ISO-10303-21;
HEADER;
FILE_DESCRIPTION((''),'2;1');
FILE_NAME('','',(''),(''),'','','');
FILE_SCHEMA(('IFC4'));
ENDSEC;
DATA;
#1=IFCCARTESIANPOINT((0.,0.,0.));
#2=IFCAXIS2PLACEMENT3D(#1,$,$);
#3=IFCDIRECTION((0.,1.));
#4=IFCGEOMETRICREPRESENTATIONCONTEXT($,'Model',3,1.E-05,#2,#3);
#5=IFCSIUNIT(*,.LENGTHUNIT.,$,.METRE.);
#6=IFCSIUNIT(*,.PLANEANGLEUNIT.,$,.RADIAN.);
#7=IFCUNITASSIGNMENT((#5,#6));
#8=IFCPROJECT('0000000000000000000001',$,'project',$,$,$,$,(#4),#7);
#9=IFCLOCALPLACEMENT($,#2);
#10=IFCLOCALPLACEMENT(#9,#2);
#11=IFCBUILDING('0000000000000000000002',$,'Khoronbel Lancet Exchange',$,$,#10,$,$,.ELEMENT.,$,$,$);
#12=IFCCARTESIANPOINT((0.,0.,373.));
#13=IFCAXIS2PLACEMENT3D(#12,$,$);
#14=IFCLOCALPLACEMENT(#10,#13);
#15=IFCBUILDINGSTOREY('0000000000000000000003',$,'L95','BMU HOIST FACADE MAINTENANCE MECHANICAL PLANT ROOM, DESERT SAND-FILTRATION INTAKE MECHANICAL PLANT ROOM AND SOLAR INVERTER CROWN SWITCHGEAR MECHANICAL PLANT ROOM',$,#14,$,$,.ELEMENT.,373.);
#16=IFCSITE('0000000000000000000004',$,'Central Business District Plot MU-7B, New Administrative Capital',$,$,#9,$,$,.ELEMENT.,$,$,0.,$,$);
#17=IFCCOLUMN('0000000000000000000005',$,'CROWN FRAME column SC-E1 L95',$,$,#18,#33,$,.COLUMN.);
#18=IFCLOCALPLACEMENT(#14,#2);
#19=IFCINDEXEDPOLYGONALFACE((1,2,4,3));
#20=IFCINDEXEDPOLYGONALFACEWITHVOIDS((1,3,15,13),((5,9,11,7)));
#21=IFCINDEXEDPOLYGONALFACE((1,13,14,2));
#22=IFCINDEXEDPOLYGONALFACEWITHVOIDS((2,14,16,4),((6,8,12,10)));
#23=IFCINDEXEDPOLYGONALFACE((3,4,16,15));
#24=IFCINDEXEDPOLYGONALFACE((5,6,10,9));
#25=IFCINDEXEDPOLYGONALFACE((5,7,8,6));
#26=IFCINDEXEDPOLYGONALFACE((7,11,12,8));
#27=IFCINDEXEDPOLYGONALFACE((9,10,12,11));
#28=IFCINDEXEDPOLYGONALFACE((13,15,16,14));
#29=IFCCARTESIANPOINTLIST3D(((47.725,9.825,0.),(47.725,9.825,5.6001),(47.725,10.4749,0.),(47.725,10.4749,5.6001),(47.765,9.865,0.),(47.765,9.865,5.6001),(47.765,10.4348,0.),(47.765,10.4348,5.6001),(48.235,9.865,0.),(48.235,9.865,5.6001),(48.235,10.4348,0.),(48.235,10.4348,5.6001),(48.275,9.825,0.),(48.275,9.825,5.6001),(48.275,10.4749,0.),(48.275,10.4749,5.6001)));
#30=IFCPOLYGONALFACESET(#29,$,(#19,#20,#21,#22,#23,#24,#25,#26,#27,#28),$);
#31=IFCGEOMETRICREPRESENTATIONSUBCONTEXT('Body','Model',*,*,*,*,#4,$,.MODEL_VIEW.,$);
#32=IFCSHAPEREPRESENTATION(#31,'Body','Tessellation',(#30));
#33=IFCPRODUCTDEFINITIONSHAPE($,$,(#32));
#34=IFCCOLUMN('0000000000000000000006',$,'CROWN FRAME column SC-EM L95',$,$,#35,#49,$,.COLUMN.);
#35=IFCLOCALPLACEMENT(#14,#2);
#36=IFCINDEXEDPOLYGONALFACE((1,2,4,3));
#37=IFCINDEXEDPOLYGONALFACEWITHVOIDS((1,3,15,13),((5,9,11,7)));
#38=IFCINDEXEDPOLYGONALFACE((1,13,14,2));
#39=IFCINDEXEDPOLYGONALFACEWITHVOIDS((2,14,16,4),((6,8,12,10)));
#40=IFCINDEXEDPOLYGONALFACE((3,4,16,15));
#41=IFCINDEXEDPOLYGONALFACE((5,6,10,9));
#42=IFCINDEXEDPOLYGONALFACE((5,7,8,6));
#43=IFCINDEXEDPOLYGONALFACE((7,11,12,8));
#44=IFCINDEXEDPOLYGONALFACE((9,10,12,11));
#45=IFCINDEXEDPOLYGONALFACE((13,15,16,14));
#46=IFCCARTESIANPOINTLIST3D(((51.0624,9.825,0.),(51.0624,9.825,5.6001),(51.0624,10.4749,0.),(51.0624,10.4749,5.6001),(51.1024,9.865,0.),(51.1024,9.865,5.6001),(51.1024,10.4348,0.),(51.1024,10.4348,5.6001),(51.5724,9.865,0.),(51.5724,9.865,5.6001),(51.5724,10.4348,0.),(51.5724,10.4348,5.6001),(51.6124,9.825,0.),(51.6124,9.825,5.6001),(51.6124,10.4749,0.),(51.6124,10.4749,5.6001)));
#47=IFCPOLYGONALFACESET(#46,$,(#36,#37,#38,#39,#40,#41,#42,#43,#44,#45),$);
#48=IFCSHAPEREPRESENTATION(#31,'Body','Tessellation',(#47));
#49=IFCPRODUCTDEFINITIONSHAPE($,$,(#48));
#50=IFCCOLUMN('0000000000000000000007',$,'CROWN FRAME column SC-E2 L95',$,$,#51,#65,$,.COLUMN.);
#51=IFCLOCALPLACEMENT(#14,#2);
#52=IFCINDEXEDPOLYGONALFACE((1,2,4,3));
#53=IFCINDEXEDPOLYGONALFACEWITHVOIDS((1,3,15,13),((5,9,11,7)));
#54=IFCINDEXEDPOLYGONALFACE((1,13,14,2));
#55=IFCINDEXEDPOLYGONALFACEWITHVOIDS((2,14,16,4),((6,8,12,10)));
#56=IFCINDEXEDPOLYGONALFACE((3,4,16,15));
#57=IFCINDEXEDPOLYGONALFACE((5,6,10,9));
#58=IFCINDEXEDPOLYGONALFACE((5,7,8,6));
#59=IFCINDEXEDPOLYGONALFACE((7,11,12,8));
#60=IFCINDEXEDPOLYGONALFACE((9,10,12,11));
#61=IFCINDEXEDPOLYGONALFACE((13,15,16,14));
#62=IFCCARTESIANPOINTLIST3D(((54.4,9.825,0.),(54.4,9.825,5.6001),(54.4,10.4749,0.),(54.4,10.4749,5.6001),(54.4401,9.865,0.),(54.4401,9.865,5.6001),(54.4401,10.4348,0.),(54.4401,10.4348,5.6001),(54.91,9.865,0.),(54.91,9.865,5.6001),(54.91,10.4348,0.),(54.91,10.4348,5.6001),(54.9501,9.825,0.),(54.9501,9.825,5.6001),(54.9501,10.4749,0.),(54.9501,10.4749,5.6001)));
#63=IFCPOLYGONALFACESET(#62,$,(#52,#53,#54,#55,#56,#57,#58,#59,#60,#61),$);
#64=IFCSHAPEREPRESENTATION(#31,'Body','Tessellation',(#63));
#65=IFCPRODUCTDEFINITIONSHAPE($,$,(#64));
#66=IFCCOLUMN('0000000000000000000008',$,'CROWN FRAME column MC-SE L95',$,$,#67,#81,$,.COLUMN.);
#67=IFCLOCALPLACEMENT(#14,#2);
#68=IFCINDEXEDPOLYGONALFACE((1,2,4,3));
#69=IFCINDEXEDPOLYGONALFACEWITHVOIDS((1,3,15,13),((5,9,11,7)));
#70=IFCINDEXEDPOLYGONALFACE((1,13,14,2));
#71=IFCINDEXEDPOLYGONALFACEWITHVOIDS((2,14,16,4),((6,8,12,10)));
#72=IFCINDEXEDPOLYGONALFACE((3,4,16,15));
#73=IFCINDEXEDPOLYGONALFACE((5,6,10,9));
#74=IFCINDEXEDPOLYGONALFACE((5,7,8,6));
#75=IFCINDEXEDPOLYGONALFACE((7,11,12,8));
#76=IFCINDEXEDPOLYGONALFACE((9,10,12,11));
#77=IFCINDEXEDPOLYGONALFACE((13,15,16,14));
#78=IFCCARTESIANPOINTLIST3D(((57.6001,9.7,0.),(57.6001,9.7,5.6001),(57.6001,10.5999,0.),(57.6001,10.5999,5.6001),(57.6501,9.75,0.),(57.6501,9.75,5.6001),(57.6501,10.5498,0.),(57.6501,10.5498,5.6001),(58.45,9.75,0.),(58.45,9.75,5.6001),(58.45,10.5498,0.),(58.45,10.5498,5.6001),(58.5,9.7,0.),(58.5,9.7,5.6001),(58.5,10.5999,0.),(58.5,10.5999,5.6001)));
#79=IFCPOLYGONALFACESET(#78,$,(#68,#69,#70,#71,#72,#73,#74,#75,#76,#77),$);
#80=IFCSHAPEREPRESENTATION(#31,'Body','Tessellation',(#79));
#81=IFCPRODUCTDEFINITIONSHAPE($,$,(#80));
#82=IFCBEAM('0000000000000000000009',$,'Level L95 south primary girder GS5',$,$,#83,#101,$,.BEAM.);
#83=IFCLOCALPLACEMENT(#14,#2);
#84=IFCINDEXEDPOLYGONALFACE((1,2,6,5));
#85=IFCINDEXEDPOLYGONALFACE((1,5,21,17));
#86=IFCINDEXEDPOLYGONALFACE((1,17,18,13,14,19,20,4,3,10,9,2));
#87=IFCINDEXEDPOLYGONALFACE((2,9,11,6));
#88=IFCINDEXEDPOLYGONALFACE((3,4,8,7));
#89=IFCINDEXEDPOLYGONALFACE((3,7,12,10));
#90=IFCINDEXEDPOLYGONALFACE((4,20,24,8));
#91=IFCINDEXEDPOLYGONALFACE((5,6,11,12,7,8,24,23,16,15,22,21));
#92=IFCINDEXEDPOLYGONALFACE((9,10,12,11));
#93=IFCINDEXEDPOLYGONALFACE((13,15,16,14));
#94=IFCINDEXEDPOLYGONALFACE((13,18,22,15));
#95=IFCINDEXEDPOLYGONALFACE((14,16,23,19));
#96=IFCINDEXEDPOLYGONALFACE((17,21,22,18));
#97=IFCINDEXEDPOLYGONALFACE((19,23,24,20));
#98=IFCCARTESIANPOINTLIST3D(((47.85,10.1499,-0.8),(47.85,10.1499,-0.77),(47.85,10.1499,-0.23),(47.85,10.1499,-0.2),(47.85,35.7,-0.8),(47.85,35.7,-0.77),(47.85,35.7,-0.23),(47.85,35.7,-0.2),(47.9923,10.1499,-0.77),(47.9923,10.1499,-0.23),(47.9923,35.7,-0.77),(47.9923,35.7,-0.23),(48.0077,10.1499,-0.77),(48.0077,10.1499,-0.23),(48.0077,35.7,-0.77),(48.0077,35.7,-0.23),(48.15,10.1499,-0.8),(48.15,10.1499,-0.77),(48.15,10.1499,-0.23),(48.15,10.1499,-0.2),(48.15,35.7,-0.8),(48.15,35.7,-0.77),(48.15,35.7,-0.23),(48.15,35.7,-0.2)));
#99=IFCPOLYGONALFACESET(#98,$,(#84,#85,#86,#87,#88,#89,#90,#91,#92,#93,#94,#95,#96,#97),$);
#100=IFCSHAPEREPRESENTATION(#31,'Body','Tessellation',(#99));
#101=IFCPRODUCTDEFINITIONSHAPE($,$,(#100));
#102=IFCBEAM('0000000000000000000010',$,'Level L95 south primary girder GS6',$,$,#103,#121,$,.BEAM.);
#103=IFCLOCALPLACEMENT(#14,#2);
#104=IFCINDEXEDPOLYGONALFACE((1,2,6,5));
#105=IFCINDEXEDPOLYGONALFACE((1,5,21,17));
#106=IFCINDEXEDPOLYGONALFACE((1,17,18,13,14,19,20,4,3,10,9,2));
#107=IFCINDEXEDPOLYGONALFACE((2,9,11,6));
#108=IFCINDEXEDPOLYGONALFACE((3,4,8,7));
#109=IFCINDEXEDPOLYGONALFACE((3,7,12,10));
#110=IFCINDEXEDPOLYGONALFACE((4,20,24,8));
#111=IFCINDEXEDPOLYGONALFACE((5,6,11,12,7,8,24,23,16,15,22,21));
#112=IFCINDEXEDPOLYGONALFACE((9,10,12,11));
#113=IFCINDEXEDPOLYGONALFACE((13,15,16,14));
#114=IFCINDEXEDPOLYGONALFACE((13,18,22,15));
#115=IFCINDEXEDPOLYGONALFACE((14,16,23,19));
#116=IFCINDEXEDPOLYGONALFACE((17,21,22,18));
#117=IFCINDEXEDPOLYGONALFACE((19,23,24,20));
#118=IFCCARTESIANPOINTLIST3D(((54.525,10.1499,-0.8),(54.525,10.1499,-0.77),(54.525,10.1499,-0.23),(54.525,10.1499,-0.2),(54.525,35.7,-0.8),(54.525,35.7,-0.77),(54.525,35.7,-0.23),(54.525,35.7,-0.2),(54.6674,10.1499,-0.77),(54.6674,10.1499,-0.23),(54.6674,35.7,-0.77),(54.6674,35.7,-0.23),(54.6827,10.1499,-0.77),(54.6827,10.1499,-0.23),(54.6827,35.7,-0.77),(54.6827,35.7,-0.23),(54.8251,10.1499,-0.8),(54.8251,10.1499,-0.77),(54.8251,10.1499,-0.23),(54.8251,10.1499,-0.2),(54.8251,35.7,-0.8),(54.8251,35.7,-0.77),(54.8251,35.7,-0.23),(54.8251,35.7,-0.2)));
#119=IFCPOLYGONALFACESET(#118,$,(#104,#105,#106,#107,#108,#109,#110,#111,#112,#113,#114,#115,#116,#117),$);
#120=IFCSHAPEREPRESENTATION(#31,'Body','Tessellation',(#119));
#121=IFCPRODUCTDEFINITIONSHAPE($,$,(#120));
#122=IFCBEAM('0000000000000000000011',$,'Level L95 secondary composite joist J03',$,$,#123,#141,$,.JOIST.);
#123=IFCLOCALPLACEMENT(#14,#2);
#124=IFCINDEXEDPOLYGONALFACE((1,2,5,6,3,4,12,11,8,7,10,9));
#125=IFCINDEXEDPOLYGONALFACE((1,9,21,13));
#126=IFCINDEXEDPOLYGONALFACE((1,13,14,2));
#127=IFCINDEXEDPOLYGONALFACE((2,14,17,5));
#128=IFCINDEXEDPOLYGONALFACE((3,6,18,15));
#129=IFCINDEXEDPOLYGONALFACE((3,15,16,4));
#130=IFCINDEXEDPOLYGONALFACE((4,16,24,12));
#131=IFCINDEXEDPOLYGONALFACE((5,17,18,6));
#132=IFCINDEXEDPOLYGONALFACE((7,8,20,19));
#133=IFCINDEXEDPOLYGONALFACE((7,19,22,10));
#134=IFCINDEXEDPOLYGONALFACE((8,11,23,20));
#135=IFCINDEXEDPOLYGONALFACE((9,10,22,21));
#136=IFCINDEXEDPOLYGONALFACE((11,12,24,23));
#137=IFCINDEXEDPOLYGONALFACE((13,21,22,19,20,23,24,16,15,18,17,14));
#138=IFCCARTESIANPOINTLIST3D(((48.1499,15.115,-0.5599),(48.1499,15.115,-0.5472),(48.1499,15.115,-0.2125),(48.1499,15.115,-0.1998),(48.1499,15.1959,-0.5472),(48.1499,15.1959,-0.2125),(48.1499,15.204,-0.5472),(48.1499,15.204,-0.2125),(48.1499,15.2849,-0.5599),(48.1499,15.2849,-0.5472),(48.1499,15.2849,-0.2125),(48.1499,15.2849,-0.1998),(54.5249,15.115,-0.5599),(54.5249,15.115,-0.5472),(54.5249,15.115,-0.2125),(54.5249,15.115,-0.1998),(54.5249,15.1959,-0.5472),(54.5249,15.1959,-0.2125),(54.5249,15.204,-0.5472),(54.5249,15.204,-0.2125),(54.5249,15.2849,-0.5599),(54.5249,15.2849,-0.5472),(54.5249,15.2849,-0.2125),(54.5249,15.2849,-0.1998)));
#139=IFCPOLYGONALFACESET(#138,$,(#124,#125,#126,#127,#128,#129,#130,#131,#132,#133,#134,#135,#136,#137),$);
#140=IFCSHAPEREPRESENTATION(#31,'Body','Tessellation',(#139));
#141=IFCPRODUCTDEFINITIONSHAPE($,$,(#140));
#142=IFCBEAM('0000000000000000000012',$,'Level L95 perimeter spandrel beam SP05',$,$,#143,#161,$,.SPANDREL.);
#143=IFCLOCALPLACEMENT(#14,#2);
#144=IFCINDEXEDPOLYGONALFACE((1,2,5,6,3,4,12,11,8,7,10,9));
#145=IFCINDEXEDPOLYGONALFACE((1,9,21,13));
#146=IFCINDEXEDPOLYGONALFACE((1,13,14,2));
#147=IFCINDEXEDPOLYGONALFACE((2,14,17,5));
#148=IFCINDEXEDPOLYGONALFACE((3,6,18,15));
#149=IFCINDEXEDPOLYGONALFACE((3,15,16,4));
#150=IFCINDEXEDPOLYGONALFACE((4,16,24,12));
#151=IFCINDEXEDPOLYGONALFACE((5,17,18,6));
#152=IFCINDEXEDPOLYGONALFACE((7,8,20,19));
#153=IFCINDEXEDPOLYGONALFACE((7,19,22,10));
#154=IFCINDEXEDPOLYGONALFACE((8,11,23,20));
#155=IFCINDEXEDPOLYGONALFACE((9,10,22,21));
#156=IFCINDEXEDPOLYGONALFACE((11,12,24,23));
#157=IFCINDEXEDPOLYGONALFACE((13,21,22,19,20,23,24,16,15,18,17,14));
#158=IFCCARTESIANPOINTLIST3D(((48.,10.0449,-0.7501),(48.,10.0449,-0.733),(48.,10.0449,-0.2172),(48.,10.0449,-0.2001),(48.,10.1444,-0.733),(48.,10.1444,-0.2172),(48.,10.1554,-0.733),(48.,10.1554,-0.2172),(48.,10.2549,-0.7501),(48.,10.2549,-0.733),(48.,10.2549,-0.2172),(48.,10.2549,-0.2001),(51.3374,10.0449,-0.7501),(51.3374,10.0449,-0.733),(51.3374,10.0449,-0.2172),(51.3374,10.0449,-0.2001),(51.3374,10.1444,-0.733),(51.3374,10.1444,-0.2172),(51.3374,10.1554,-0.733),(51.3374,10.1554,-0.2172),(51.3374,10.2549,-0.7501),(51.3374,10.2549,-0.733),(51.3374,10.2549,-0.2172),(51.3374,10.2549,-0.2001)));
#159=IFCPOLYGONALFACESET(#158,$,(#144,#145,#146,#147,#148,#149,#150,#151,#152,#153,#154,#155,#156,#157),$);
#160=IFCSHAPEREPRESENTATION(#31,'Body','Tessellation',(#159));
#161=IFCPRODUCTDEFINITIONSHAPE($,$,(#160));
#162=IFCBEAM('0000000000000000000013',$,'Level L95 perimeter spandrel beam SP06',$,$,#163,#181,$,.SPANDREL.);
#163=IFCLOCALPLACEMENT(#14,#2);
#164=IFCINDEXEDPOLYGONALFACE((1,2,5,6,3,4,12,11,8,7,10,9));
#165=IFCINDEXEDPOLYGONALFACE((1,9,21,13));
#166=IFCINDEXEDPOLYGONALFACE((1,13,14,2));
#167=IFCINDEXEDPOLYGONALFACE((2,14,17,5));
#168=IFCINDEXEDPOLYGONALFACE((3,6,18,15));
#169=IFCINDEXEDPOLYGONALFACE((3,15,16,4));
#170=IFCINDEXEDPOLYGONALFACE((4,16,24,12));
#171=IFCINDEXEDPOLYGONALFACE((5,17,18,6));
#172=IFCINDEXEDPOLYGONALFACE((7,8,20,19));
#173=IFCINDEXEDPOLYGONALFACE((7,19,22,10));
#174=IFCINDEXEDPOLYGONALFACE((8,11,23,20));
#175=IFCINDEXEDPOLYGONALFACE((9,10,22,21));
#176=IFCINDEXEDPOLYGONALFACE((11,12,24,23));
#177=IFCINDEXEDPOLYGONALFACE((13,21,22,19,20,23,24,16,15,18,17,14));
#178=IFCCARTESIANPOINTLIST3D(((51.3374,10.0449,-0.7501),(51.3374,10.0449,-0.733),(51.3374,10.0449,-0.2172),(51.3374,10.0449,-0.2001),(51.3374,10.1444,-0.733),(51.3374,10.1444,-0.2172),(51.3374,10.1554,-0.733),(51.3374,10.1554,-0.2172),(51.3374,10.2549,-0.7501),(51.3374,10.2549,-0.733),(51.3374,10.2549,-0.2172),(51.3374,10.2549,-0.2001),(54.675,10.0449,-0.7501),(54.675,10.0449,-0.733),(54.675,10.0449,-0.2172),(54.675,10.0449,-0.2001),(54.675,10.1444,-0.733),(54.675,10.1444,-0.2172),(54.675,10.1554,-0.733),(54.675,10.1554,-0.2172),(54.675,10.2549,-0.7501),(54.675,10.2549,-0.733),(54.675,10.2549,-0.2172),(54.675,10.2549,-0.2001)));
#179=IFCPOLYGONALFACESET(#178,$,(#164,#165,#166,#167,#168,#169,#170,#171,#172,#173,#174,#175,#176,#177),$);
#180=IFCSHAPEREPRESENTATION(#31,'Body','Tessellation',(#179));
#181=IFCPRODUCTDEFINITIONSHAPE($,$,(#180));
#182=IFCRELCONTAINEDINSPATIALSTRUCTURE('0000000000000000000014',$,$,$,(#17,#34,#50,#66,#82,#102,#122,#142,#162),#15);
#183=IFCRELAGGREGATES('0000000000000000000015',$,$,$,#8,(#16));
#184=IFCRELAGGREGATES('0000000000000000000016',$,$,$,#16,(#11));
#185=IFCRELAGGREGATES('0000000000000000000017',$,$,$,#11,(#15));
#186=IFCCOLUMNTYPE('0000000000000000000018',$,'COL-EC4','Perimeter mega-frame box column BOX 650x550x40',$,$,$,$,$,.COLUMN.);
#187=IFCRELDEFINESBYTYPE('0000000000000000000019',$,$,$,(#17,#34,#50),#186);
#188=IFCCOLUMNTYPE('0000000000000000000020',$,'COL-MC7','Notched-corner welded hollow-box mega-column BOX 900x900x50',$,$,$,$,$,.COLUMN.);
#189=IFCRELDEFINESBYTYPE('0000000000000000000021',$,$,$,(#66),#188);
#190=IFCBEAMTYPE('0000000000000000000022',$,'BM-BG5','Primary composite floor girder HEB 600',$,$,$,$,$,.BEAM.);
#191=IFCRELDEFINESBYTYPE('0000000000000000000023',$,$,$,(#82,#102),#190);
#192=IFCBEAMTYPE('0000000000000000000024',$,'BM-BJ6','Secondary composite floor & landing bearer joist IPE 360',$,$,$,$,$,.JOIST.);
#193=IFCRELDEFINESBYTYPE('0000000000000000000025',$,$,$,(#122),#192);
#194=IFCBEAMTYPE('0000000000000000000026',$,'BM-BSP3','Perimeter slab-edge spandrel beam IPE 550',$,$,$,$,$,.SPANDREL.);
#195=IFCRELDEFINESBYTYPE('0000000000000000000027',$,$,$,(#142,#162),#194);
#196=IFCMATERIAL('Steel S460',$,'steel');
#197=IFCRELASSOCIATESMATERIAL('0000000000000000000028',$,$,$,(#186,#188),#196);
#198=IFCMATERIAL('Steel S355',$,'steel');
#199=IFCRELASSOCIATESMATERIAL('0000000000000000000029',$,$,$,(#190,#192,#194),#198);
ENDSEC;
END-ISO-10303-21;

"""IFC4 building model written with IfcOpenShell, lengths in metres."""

from ifc_helpers import new_model, si_unit, direction, frame, origin, origin_2d, place, context, subcontext, project, spatial, hollow_rectangle, i_section, extrude, material, material_profile, profile_set, type_object, element, save


model = new_model("IFC4")

# Units and contexts
model_context = context("Model", 3, precision=1e-05, world=origin(), true_north=direction((0.0, 1.0)))
body_context = subcontext(model_context, "Body", "Model", "MODEL_VIEW")
ifc_project = project(units=[si_unit("LENGTHUNIT", "METRE"), si_unit("PLANEANGLEUNIT", "RADIAN")], contexts=[model_context])

# Site, building, storey
site_placement = place(None, origin())
site = spatial("IfcSite", under=ifc_project, at=site_placement, Name="Central Business District Plot MU-7B, New Administrative Capital", CompositionType="ELEMENT", RefElevation=0.0)
building_placement = place(site_placement, origin())
building = spatial("IfcBuilding", under=site, at=building_placement, Name="Khoronbel Lancet Exchange", CompositionType="ELEMENT")
storey_placement = place(building_placement, frame((0.0, 0.0, 373.0)))
storey = spatial("IfcBuildingStorey", under=building, at=storey_placement, Name="L95", Description="BMU HOIST FACADE MAINTENANCE MECHANICAL PLANT ROOM, DESERT SAND-FILTRATION INTAKE MECHANICAL PLANT ROOM AND SOLAR INVERTER CROWN SWITCHGEAR MECHANICAL PLANT ROOM", CompositionType="ELEMENT", Elevation=373.0)

# Columns
ifc_material_1 = material(Name="Steel S460", Category="steel")
ifc_material_profile_1 = material_profile(ifc_material_1, hollow_rectangle(XDim=0.55, YDim=0.6499, WallThickness=0.04, at=origin_2d()), Name="BOX 650x550x40")
ifc_profile_set_1 = profile_set([ifc_material_profile_1], Name="Steel S460")
column_type_1 = type_object("IfcColumnType", Name="COL-EC4", Description="Perimeter mega-frame box column BOX 650x550x40", PredefinedType="COLUMN", material=ifc_profile_set_1)
for number, where, z_axis, x_axis, name in (
    (1, (48.0, 10.1499, 0.0), (0.0, 0.0, 1.0), (1.0, 0.0, 0.0), "CROWN FRAME column SC-E1 L95"),
    (2, (51.3374, 10.1499, 0.0), (0.0, 0.0, 1.0), (1.0, 0.0, 0.0), "CROWN FRAME column SC-EM L95"),
    (3, (54.675, 10.1499, 0.0), (0.0, 0.0, 1.0), (1.0, 0.0, 0.0), "CROWN FRAME column SC-E2 L95"),
):
    element("IfcColumn", number, at=place(storey_placement, frame(where, z_axis=z_axis, x_axis=x_axis)), inside=storey, type_object=column_type_1, Name=name, PredefinedType="COLUMN", context=body_context, shape_type="SweptSolid", body=[
        extrude(hollow_rectangle(XDim=0.55, YDim=0.6499, WallThickness=0.04, at=origin_2d()), origin(), (0.0, 0.0, 1.0), 5.6001),
    ])
ifc_material_profile_2 = material_profile(ifc_material_1, hollow_rectangle(XDim=0.8999, YDim=0.8999, WallThickness=0.05, at=origin_2d()), Name="BOX 900x900x50")
ifc_profile_set_2 = profile_set([ifc_material_profile_2], Name="Steel S460")
column_type_2 = type_object("IfcColumnType", Name="COL-MC7", Description="Notched-corner welded hollow-box mega-column BOX 900x900x50", PredefinedType="COLUMN", material=ifc_profile_set_2)
column_placement = place(storey_placement, frame((58.05, 10.1499, 0.0), z_axis=(0.0, 0.0, 1.0), x_axis=(1.0, 0.0, 0.0)))
element("IfcColumn", 4, at=column_placement, inside=storey, type_object=column_type_2, Name="CROWN FRAME column MC-SE L95", PredefinedType="COLUMN", context=body_context, shape_type="SweptSolid", body=[
    extrude(hollow_rectangle(XDim=0.8999, YDim=0.8999, WallThickness=0.05, at=origin_2d()), origin(), (0.0, 0.0, 1.0), 5.6001),
])

# Beams
ifc_material_2 = material(Name="Steel S355", Category="steel")
ifc_material_profile_3 = material_profile(ifc_material_2, i_section(OverallWidth=0.3, OverallDepth=0.6001, WebThickness=0.0154, FlangeThickness=0.03, at=origin_2d()), Name="HEB 600")
ifc_profile_set_3 = profile_set([ifc_material_profile_3], Name="Steel S355")
beam_type_1 = type_object("IfcBeamType", Name="BM-BG5", Description="Primary composite floor girder HEB 600", PredefinedType="BEAM", material=ifc_profile_set_3)
for number, where, z_axis, x_axis, name in (
    (5, (48.0, 10.1499, -0.5), (0.0, 1.0, 0.0), (-1.0, 0.0, 0.0), "Level L95 south primary girder GS5"),
    (6, (54.675, 10.1499, -0.5), (0.0, 1.0, 0.0), (-1.0, 0.0, 0.0), "Level L95 south primary girder GS6"),
):
    element("IfcBeam", number, at=place(storey_placement, frame(where, z_axis=z_axis, x_axis=x_axis)), inside=storey, type_object=beam_type_1, Name=name, PredefinedType="BEAM", context=body_context, shape_type="SweptSolid", body=[
        extrude(i_section(OverallWidth=0.3, OverallDepth=0.6001, WebThickness=0.0154, FlangeThickness=0.03, at=origin_2d()), origin(), (0.0, 0.0, 1.0), 25.55),
    ])
ifc_material_profile_4 = material_profile(ifc_material_2, i_section(OverallWidth=0.1699, OverallDepth=0.3601, WebThickness=0.0081, FlangeThickness=0.0127, at=origin_2d()), Name="IPE 360")
ifc_profile_set_4 = profile_set([ifc_material_profile_4], Name="Steel S355")
beam_type_2 = type_object("IfcBeamType", Name="BM-BJ6", Description="Secondary composite floor & landing bearer joist IPE 360", PredefinedType="JOIST", material=ifc_profile_set_4)
beam_1_placement = place(storey_placement, frame((48.1499, 15.2, -0.3799), z_axis=(1.0, 0.0, 0.0), x_axis=(0.0, 1.0, 0.0)))
element("IfcBeam", 7, at=beam_1_placement, inside=storey, type_object=beam_type_2, Name="Level L95 secondary composite joist J03", PredefinedType="JOIST", context=body_context, shape_type="SweptSolid", body=[
    extrude(i_section(OverallWidth=0.1699, OverallDepth=0.3601, WebThickness=0.0081, FlangeThickness=0.0127, at=origin_2d()), origin(), (0.0, 0.0, 1.0), 6.375),
])
ifc_material_profile_5 = material_profile(ifc_material_2, i_section(OverallWidth=0.21, OverallDepth=0.55, WebThickness=0.011, FlangeThickness=0.0171, at=origin_2d()), Name="IPE 550")
ifc_profile_set_5 = profile_set([ifc_material_profile_5], Name="Steel S355")
beam_type_3 = type_object("IfcBeamType", Name="BM-BSP3", Description="Perimeter slab-edge spandrel beam IPE 550", PredefinedType="SPANDREL", material=ifc_profile_set_5)
beam_2_placement = place(storey_placement, frame((48.0, 10.1499, -0.4751), z_axis=(1.0, 0.0, 0.0), x_axis=(0.0, 1.0, 0.0)))
element("IfcBeam", 8, at=beam_2_placement, inside=storey, type_object=beam_type_3, Name="Level L95 perimeter spandrel beam SP05", PredefinedType="SPANDREL", context=body_context, shape_type="SweptSolid", body=[
    extrude(i_section(OverallWidth=0.21, OverallDepth=0.55, WebThickness=0.011, FlangeThickness=0.0171, at=origin_2d()), origin(), (0.0, 0.0, 1.0), 3.3374),
])
beam_3_placement = place(storey_placement, frame((51.3374, 10.1499, -0.4751), z_axis=(1.0, 0.0, 0.0), x_axis=(0.0, 1.0, 0.0)))
element("IfcBeam", 9, at=beam_3_placement, inside=storey, type_object=beam_type_3, Name="Level L95 perimeter spandrel beam SP06", PredefinedType="SPANDREL", context=body_context, shape_type="SweptSolid", body=[
    extrude(i_section(OverallWidth=0.21, OverallDepth=0.55, WebThickness=0.011, FlangeThickness=0.0171, at=origin_2d()), origin(), (0.0, 0.0, 1.0), 3.3376),
])

save(model, "model.ifc")
